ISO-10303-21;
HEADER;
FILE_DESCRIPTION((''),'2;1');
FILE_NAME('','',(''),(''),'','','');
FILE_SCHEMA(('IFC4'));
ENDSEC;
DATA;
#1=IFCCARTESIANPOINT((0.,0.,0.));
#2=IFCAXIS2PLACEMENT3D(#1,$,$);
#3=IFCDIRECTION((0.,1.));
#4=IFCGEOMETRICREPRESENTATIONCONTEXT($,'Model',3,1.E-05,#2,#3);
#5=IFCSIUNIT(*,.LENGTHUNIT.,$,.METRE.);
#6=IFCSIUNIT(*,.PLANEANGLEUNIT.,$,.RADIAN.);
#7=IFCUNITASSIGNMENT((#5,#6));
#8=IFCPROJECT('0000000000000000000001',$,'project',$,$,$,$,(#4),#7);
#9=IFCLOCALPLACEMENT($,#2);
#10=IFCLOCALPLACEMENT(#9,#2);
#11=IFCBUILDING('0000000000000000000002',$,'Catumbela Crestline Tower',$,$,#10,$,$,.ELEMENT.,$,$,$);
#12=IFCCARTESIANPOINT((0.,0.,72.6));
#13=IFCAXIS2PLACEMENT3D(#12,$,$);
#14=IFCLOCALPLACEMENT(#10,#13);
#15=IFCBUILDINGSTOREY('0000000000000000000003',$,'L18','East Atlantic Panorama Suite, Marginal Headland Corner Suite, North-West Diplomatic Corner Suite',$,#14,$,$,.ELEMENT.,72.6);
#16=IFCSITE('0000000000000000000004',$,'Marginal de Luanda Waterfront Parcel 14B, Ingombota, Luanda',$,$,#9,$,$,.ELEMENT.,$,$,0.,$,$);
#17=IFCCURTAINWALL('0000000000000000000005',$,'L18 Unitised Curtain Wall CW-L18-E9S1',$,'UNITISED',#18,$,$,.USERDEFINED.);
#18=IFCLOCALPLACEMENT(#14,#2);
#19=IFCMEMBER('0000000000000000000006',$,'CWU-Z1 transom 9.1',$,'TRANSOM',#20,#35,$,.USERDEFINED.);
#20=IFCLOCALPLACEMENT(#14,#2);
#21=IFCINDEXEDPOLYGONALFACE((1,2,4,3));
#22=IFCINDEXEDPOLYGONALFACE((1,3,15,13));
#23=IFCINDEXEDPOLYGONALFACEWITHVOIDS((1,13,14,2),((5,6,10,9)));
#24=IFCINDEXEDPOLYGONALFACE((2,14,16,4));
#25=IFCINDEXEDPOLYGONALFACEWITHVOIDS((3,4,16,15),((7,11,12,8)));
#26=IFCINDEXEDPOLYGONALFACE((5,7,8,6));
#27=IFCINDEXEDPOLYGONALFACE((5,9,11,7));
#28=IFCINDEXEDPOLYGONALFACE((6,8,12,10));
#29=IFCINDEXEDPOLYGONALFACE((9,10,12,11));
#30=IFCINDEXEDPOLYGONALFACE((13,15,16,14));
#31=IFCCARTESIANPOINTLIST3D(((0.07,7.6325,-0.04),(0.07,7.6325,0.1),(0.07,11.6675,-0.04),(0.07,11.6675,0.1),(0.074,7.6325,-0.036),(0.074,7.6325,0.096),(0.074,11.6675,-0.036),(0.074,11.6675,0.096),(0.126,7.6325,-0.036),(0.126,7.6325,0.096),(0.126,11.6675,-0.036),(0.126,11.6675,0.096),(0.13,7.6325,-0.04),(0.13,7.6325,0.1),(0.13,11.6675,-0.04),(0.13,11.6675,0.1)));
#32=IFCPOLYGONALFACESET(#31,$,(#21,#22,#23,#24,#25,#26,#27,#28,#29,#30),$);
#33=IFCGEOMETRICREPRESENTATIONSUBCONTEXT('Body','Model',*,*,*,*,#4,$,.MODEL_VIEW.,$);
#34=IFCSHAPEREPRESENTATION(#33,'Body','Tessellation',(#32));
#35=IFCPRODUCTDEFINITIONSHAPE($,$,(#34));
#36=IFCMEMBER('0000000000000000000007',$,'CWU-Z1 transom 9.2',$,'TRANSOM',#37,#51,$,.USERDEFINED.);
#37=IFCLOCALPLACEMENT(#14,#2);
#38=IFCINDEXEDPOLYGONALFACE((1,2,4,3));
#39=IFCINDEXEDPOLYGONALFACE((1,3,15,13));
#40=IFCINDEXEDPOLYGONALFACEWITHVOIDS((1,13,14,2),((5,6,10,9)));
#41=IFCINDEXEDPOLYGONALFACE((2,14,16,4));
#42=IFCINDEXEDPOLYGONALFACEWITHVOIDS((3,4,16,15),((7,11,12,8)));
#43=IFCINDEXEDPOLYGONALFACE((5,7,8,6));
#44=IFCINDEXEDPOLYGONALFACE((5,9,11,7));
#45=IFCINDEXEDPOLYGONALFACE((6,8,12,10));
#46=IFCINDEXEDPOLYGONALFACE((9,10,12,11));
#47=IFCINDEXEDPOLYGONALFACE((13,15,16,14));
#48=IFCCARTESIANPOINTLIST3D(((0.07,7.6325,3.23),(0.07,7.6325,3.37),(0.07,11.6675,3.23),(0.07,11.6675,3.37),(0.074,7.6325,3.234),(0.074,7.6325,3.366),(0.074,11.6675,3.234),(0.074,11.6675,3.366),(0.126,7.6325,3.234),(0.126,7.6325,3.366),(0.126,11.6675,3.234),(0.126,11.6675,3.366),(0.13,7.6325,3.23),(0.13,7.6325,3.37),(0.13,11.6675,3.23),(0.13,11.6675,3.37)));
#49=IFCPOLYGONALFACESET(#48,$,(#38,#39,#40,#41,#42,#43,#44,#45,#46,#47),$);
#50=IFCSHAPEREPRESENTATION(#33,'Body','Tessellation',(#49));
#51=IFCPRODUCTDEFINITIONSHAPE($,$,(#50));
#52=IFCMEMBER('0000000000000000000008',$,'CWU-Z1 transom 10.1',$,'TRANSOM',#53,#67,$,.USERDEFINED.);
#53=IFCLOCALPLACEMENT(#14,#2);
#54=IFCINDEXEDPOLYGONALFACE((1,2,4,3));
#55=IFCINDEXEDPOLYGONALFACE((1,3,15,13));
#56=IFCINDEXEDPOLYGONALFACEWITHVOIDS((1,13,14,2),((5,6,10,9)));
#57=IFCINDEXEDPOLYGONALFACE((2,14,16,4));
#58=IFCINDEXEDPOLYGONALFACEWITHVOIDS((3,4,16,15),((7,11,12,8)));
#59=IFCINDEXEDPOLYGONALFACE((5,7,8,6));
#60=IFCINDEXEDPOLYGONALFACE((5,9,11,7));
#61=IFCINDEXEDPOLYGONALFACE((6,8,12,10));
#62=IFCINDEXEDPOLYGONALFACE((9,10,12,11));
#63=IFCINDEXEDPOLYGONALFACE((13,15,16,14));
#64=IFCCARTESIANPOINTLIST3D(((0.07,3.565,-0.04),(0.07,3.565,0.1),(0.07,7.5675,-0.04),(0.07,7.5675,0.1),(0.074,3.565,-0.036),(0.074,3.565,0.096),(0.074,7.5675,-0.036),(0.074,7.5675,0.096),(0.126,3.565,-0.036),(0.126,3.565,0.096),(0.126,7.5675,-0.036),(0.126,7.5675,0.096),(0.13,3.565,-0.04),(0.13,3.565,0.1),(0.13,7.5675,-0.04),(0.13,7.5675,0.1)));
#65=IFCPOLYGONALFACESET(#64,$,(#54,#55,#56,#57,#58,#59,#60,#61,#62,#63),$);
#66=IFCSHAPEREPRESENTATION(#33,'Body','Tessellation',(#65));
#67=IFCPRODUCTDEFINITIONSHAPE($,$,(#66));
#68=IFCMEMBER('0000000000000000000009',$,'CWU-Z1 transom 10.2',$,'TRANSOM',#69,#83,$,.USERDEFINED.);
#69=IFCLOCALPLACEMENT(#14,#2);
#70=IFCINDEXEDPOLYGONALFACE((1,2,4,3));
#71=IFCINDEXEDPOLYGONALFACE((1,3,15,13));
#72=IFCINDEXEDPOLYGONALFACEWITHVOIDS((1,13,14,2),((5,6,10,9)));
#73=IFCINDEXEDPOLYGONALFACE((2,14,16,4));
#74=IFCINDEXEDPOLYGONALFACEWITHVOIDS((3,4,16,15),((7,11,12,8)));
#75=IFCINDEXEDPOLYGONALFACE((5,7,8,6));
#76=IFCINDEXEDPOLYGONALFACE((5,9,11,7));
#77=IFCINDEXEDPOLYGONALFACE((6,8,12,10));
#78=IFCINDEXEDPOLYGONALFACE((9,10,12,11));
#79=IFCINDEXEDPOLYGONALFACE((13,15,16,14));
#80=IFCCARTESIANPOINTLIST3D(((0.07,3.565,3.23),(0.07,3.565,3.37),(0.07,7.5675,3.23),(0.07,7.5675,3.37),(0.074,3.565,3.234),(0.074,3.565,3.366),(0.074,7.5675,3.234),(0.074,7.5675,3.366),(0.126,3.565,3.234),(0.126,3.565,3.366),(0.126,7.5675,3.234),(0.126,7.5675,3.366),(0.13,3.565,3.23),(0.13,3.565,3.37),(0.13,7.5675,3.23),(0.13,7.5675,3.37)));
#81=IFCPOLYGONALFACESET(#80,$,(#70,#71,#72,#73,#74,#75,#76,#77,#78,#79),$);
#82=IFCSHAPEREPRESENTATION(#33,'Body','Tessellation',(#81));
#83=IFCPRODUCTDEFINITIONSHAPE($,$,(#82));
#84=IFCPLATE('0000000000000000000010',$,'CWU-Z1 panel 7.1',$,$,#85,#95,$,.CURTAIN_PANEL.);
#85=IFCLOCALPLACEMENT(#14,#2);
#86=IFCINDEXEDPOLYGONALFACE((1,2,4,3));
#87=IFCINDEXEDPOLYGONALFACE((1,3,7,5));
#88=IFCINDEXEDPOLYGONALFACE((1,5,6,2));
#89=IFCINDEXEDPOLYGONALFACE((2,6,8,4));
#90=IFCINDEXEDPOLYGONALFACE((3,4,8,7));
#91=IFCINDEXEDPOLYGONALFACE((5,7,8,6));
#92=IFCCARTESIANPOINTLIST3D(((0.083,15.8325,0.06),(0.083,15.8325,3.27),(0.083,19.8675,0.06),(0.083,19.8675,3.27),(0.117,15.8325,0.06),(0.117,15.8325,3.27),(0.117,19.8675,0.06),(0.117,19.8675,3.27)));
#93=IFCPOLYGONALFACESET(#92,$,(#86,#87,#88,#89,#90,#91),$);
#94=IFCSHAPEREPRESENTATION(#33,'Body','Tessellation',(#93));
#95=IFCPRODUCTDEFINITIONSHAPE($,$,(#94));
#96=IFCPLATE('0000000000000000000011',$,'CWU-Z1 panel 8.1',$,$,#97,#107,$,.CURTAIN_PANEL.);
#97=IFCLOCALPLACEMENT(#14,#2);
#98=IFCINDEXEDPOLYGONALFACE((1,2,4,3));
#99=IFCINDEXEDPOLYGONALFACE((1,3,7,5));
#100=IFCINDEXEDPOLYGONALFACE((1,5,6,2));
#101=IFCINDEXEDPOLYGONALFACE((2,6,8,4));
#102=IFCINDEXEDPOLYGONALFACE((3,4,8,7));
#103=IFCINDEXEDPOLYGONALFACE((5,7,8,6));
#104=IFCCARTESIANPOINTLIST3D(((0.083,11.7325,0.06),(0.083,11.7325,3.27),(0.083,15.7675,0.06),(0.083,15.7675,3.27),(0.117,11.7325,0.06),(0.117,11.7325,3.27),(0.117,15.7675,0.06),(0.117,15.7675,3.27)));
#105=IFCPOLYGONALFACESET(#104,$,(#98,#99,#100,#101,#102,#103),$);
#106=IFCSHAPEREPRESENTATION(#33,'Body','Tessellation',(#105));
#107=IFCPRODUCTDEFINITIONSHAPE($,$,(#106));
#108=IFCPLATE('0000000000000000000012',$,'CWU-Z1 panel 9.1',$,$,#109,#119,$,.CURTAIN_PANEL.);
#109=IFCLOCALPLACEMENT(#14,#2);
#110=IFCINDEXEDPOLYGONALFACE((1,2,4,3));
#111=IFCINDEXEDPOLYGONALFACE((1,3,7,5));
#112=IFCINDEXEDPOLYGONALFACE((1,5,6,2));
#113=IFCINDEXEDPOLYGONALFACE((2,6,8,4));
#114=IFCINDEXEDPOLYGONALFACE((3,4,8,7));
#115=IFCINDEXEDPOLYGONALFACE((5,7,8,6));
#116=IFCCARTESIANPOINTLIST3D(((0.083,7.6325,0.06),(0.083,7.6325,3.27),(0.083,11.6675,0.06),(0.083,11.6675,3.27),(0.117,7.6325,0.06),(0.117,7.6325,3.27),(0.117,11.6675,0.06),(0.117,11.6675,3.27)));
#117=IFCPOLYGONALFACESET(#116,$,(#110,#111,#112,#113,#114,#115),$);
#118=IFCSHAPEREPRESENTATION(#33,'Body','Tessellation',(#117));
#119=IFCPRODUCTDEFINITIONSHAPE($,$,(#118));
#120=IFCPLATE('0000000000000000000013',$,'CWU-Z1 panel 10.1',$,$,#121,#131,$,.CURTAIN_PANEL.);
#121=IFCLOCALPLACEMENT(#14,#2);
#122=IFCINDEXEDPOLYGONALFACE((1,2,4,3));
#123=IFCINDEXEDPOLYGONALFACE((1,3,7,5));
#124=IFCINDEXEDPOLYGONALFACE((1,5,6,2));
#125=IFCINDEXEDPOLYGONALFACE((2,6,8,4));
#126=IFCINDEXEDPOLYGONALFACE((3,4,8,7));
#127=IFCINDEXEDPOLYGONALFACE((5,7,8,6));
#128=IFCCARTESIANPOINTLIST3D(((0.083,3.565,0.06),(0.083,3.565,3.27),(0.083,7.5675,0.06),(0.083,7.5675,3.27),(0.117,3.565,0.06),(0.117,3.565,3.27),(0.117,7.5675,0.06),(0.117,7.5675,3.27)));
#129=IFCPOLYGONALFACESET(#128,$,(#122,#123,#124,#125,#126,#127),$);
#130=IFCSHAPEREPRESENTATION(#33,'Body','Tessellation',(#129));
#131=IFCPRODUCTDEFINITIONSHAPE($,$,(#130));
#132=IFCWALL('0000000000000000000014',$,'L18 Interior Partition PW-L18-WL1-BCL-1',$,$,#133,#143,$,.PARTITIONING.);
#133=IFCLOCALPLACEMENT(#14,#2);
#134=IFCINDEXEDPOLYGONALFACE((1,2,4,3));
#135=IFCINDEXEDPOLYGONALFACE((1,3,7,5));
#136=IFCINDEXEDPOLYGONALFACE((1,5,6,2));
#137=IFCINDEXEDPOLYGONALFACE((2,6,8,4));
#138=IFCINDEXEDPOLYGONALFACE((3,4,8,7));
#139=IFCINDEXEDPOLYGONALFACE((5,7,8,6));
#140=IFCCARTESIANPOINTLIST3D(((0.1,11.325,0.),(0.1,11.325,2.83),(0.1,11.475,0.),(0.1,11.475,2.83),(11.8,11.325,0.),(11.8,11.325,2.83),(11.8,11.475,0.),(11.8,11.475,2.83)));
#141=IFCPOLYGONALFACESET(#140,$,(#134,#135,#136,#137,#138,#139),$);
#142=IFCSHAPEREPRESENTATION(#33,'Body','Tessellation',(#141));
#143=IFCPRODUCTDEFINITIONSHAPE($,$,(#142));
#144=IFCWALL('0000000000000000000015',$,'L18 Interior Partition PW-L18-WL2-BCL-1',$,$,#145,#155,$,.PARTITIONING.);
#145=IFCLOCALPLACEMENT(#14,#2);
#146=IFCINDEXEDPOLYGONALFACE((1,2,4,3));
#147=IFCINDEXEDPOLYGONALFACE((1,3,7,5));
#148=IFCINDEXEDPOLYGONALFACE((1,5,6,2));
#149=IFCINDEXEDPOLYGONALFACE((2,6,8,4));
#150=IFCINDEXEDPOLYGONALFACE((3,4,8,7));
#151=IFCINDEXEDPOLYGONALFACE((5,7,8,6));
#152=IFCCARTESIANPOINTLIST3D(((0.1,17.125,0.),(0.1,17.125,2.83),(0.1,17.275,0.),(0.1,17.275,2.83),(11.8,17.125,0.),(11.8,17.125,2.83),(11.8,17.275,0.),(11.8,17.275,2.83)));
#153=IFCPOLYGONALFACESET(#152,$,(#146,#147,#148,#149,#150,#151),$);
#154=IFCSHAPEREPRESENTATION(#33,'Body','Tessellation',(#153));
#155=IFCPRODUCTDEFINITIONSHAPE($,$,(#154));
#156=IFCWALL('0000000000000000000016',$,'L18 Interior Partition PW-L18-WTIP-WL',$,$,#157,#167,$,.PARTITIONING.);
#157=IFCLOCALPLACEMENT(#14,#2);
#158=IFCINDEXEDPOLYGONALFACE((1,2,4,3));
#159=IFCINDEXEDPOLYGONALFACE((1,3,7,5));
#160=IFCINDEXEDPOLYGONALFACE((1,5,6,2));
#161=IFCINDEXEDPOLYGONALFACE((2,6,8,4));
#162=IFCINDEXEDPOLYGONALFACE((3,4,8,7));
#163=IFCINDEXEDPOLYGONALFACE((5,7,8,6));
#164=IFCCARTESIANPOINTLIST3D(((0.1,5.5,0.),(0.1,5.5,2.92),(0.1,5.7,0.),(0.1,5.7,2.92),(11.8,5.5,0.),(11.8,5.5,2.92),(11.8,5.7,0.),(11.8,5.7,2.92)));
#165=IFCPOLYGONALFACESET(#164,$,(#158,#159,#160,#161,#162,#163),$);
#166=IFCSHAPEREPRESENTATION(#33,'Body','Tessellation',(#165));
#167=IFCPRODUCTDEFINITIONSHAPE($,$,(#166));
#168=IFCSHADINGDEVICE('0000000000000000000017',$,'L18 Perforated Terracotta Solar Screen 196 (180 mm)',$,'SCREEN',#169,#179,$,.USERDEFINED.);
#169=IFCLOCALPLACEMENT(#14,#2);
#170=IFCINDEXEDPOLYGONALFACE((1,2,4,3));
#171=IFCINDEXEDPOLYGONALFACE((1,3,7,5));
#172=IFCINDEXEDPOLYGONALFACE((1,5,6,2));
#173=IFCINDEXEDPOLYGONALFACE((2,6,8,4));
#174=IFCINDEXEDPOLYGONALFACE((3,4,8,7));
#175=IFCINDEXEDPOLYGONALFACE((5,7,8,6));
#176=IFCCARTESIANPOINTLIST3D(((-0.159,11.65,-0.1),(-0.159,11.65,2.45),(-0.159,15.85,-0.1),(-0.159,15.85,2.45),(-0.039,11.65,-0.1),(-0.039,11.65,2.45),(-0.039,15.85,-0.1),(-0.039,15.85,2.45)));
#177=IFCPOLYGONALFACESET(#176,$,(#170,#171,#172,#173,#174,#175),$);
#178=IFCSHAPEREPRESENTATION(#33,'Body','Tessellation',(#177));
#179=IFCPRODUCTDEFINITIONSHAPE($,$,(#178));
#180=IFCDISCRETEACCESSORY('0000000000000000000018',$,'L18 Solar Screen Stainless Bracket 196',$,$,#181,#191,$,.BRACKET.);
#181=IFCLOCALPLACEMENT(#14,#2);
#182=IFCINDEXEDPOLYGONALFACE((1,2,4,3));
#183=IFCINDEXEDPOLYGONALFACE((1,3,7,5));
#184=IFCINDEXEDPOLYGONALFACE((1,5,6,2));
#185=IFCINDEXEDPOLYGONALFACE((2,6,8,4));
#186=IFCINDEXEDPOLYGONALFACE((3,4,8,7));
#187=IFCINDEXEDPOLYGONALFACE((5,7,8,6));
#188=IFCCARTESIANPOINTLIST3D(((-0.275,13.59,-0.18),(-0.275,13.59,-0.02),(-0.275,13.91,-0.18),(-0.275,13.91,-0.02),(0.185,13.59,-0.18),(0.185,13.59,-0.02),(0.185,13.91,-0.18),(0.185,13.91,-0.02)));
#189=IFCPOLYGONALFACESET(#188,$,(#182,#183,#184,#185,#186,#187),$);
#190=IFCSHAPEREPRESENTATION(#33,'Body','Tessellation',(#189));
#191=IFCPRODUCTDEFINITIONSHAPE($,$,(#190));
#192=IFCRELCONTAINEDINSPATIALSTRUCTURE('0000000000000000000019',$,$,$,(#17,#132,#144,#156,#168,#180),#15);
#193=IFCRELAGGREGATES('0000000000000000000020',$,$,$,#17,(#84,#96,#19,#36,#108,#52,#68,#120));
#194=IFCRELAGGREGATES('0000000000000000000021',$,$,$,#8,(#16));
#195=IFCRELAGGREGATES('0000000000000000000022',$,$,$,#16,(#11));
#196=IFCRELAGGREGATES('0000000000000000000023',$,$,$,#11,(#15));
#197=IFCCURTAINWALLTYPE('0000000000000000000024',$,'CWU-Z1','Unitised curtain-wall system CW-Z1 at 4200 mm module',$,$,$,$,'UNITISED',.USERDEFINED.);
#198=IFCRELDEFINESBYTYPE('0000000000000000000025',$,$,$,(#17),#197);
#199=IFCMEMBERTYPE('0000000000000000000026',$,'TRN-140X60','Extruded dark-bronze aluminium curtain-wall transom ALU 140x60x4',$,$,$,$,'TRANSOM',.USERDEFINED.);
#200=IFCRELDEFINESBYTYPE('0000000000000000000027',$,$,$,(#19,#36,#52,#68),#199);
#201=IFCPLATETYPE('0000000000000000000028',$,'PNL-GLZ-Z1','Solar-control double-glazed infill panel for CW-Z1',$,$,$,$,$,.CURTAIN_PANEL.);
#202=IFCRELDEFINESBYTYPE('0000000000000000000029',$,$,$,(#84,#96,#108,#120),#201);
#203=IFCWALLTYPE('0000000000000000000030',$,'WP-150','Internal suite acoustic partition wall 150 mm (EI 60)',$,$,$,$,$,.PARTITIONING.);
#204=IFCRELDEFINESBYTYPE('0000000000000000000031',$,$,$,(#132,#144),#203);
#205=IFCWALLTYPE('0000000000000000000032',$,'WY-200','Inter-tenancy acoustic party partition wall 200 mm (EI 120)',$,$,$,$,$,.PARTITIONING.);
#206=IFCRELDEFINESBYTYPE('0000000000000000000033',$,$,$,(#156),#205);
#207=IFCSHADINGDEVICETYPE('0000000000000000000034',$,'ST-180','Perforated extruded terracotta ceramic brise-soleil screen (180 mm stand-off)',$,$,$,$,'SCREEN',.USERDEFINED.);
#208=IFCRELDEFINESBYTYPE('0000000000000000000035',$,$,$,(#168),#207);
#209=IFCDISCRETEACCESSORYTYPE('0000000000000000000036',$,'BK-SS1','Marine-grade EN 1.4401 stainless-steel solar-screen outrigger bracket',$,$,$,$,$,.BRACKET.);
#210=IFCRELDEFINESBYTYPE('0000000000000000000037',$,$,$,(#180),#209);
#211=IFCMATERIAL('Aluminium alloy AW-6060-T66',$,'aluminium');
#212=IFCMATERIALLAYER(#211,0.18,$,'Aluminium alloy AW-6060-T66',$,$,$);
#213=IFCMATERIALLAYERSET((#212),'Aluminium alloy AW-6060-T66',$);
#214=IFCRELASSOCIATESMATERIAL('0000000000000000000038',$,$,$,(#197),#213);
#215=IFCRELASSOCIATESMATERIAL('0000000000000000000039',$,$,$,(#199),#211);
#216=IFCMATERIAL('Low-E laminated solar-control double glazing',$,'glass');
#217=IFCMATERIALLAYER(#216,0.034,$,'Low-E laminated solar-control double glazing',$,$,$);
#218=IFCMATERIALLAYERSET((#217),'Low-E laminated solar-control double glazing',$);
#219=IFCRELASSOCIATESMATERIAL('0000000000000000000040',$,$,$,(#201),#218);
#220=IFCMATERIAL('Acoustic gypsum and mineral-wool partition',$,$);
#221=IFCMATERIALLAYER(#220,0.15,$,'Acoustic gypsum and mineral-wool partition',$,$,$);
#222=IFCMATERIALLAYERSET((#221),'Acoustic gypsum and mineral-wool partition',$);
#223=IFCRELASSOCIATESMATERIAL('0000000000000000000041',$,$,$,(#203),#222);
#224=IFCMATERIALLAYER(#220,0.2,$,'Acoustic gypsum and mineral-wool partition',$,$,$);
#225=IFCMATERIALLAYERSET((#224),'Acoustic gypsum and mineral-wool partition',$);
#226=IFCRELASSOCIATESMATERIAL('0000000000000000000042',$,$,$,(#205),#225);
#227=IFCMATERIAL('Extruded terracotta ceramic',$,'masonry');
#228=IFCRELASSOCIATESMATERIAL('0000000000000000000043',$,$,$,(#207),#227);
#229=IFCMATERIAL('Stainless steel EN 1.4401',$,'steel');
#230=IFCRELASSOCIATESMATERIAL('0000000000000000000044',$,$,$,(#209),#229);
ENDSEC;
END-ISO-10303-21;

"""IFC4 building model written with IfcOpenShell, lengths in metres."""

from ifc_helpers import new_model, si_unit, direction, frame, frame_2d, origin, origin_2d, place, context, subcontext, project, spatial, rectangle, hollow_rectangle, extrude, material, layer, layer_set, material_profile, profile_set, type_object, element, aggregate, save


model = new_model("IFC4")

# Units and contexts
model_context = context("Model", 3, precision=1e-05, world=origin(), true_north=direction((0.0, 1.0)))
body_context = subcontext(model_context, "Body", "Model", "MODEL_VIEW")
ifc_project = project(units=[si_unit("LENGTHUNIT", "METRE"), si_unit("PLANEANGLEUNIT", "RADIAN")], contexts=[model_context])

# Site, building, storey
site_placement = place(None, origin())
site = spatial("IfcSite", under=ifc_project, at=site_placement, Name="Marginal de Luanda Waterfront Parcel 14B, Ingombota, Luanda", CompositionType="ELEMENT", RefElevation=0.0)
building_placement = place(site_placement, origin())
building = spatial("IfcBuilding", under=site, at=building_placement, Name="Catumbela Crestline Tower", CompositionType="ELEMENT")
storey_placement = place(building_placement, frame((0.0, 0.0, 72.6)))
storey = spatial("IfcBuildingStorey", under=building, at=storey_placement, Name="L18", Description="East Atlantic Panorama Suite, Marginal Headland Corner Suite, North-West Diplomatic Corner Suite", CompositionType="ELEMENT", Elevation=72.6)

# Curtain wall
ifc_material_1 = material(Name="Aluminium alloy AW-6060-T66", Category="aluminium")
ifc_layer_1 = layer(ifc_material_1, 0.18, Name="Aluminium alloy AW-6060-T66")
ifc_layer_set_1 = layer_set([ifc_layer_1], Name="Aluminium alloy AW-6060-T66")
curtain_wall_type = type_object("IfcCurtainWallType", Name="CWU-Z1", Description="Unitised curtain-wall system CW-Z1 at 4200 mm module", ElementType="UNITISED", PredefinedType="USERDEFINED", material=ifc_layer_set_1)
curtain_wall_placement = place(storey_placement, origin())
curtain_wall = element("IfcCurtainWall", 1, at=curtain_wall_placement, inside=storey, type_object=curtain_wall_type, Name="L18 Unitised Curtain Wall CW-L18-E9S1", ObjectType="UNITISED", PredefinedType="USERDEFINED")

# Members
ifc_material_profile_1 = material_profile(ifc_material_1, hollow_rectangle(XDim=0.06, YDim=0.14, WallThickness=0.004, at=origin_2d()), Name="ALU 140x60x4")
ifc_profile_set_1 = profile_set([ifc_material_profile_1], Name="Aluminium alloy AW-6060-T66")
member_type_1 = type_object("IfcMemberType", Name="TRN-140X60", Description="Extruded dark-bronze aluminium curtain-wall transom ALU 140x60x4", ElementType="TRANSOM", PredefinedType="USERDEFINED", material=ifc_profile_set_1)
member_1_placement = place(storey_placement, frame((0.1, 11.6675, 0.03), z_axis=(0.0, -1.0, 0.0), x_axis=(1.0, 0.0, 0.0)))
member_1 = element("IfcMember", 2, at=member_1_placement, type_object=member_type_1, Name="CWU-Z1 transom 9.1", ObjectType="TRANSOM", PredefinedType="USERDEFINED", context=body_context, shape_type="SweptSolid", body=[
    extrude(hollow_rectangle(XDim=0.06, YDim=0.14, WallThickness=0.004, at=origin_2d()), origin(), (0.0, 0.0, 1.0), 4.035),
])
member_2_placement = place(storey_placement, frame((0.1, 11.6675, 3.3), z_axis=(0.0, -1.0, 0.0), x_axis=(1.0, 0.0, 0.0)))
member_2 = element("IfcMember", 3, at=member_2_placement, type_object=member_type_1, Name="CWU-Z1 transom 9.2", ObjectType="TRANSOM", PredefinedType="USERDEFINED", context=body_context, shape_type="SweptSolid", body=[
    extrude(hollow_rectangle(XDim=0.06, YDim=0.14, WallThickness=0.004, at=origin_2d()), origin(), (0.0, 0.0, 1.0), 4.035),
])
member_3_placement = place(storey_placement, frame((0.1, 7.5675, 0.03), z_axis=(0.0, -1.0, 0.0), x_axis=(1.0, 0.0, 0.0)))
member_3 = element("IfcMember", 4, at=member_3_placement, type_object=member_type_1, Name="CWU-Z1 transom 10.1", ObjectType="TRANSOM", PredefinedType="USERDEFINED", context=body_context, shape_type="SweptSolid", body=[
    extrude(hollow_rectangle(XDim=0.06, YDim=0.14, WallThickness=0.004, at=origin_2d()), origin(), (0.0, 0.0, 1.0), 4.0025),
])
member_4_placement = place(storey_placement, frame((0.1, 7.5675, 3.3), z_axis=(0.0, -1.0, 0.0), x_axis=(1.0, 0.0, 0.0)))
member_4 = element("IfcMember", 5, at=member_4_placement, type_object=member_type_1, Name="CWU-Z1 transom 10.2", ObjectType="TRANSOM", PredefinedType="USERDEFINED", context=body_context, shape_type="SweptSolid", body=[
    extrude(hollow_rectangle(XDim=0.06, YDim=0.14, WallThickness=0.004, at=origin_2d()), origin(), (0.0, 0.0, 1.0), 4.0025),
])

# Plates
ifc_material_2 = material(Name="Low-E laminated solar-control double glazing", Category="glass")
ifc_layer_2 = layer(ifc_material_2, 0.034, Name="Low-E laminated solar-control double glazing")
ifc_layer_set_2 = layer_set([ifc_layer_2], Name="Low-E laminated solar-control double glazing")
plate_type = type_object("IfcPlateType", Name="PNL-GLZ-Z1", Description="Solar-control double-glazed infill panel for CW-Z1", PredefinedType="CURTAIN_PANEL", material=ifc_layer_set_2)
plate_1_placement = place(storey_placement, frame((0.1, 17.85, 0.06), z_axis=(0.0, 0.0, 1.0), x_axis=(0.0, -1.0, 0.0)))
plate_1 = element("IfcPlate", 6, at=plate_1_placement, type_object=plate_type, Name="CWU-Z1 panel 7.1", PredefinedType="CURTAIN_PANEL", context=body_context, shape_type="SweptSolid", body=[
    extrude(rectangle(XDim=4.035, YDim=0.034, at=origin_2d()), origin(), (0.0, 0.0, 1.0), 3.21),
])
plate_2_placement = place(storey_placement, frame((0.1, 13.75, 0.06), z_axis=(0.0, 0.0, 1.0), x_axis=(0.0, -1.0, 0.0)))
plate_2 = element("IfcPlate", 7, at=plate_2_placement, type_object=plate_type, Name="CWU-Z1 panel 8.1", PredefinedType="CURTAIN_PANEL", context=body_context, shape_type="SweptSolid", body=[
    extrude(rectangle(XDim=4.035, YDim=0.034, at=origin_2d()), origin(), (0.0, 0.0, 1.0), 3.21),
])
plate_3_placement = place(storey_placement, frame((0.1, 9.65, 0.06), z_axis=(0.0, 0.0, 1.0), x_axis=(0.0, -1.0, 0.0)))
plate_3 = element("IfcPlate", 8, at=plate_3_placement, type_object=plate_type, Name="CWU-Z1 panel 9.1", PredefinedType="CURTAIN_PANEL", context=body_context, shape_type="SweptSolid", body=[
    extrude(rectangle(XDim=4.035, YDim=0.034, at=origin_2d()), origin(), (0.0, 0.0, 1.0), 3.21),
])
plate_4_placement = place(storey_placement, frame((0.1, 5.5662, 0.06), z_axis=(0.0, 0.0, 1.0), x_axis=(0.0, -1.0, 0.0)))
plate_4 = element("IfcPlate", 9, at=plate_4_placement, type_object=plate_type, Name="CWU-Z1 panel 10.1", PredefinedType="CURTAIN_PANEL", context=body_context, shape_type="SweptSolid", body=[
    extrude(rectangle(XDim=4.0025, YDim=0.034, at=origin_2d()), origin(), (0.0, 0.0, 1.0), 3.21),
])
aggregate(curtain_wall, [plate_1, plate_2, member_1, member_2, plate_3, member_3, member_4, plate_4])

# Walls
ifc_material_3 = material(Name="Acoustic gypsum and mineral-wool partition")
ifc_layer_3 = layer(ifc_material_3, 0.15, Name="Acoustic gypsum and mineral-wool partition")
ifc_layer_set_3 = layer_set([ifc_layer_3], Name="Acoustic gypsum and mineral-wool partition")
wall_type_1 = type_object("IfcWallType", Name="WP-150", Description="Internal suite acoustic partition wall 150 mm (EI 60)", PredefinedType="PARTITIONING", material=ifc_layer_set_3)
for number, where, z_axis, x_axis, name in (
    (10, (0.1, 11.4, 0.0), (0.0, 0.0, 1.0), (1.0, 0.0, 0.0), "L18 Interior Partition PW-L18-WL1-BCL-1"),
    (11, (0.1, 17.2, 0.0), (0.0, 0.0, 1.0), (1.0, 0.0, 0.0), "L18 Interior Partition PW-L18-WL2-BCL-1"),
):
    element("IfcWall", number, at=place(storey_placement, frame(where, z_axis=z_axis, x_axis=x_axis)), inside=storey, type_object=wall_type_1, Name=name, PredefinedType="PARTITIONING", context=body_context, shape_type="SweptSolid", body=[
        extrude(rectangle(XDim=11.7, YDim=0.15, at=frame_2d((5.85, 0.0))), origin(), (0.0, 0.0, 1.0), 2.83),
    ])
ifc_layer_4 = layer(ifc_material_3, 0.2, Name="Acoustic gypsum and mineral-wool partition")
ifc_layer_set_4 = layer_set([ifc_layer_4], Name="Acoustic gypsum and mineral-wool partition")
wall_type_2 = type_object("IfcWallType", Name="WY-200", Description="Inter-tenancy acoustic party partition wall 200 mm (EI 120)", PredefinedType="PARTITIONING", material=ifc_layer_set_4)
wall_placement = place(storey_placement, frame((0.1, 5.6, 0.0), z_axis=(0.0, 0.0, 1.0), x_axis=(1.0, 0.0, 0.0)))
element("IfcWall", 12, at=wall_placement, inside=storey, type_object=wall_type_2, Name="L18 Interior Partition PW-L18-WTIP-WL", PredefinedType="PARTITIONING", context=body_context, shape_type="SweptSolid", body=[
    extrude(rectangle(XDim=11.7, YDim=0.2, at=frame_2d((5.85, 0.0))), origin(), (0.0, 0.0, 1.0), 2.92),
])

# Shading device
ifc_material_4 = material(Name="Extruded terracotta ceramic", Category="masonry")
shading_device_type = type_object("IfcShadingDeviceType", Name="ST-180", Description="Perforated extruded terracotta ceramic brise-soleil screen (180 mm stand-off)", ElementType="SCREEN", PredefinedType="USERDEFINED", material=ifc_material_4)
shading_device_placement = place(storey_placement, frame((-0.099, 13.75, -0.1), z_axis=(0.0, 0.0, 1.0), x_axis=(0.0, -1.0, 0.0)))
element("IfcShadingDevice", 13, at=shading_device_placement, inside=storey, type_object=shading_device_type, Name="L18 Perforated Terracotta Solar Screen 196 (180 mm)", ObjectType="SCREEN", PredefinedType="USERDEFINED", context=body_context, shape_type="SweptSolid", body=[
    extrude(rectangle(XDim=4.2, YDim=0.12, at=origin_2d()), origin(), (0.0, 0.0, 1.0), 2.55),
])

# Discrete accessory
ifc_material_5 = material(Name="Stainless steel EN 1.4401", Category="steel")
discrete_accessory_type = type_object("IfcDiscreteAccessoryType", Name="BK-SS1", Description="Marine-grade EN 1.4401 stainless-steel solar-screen outrigger bracket", PredefinedType="BRACKET", material=ifc_material_5)
discrete_accessory_placement = place(storey_placement, frame((-0.045, 13.75, -0.18), z_axis=(0.0, 0.0, 1.0), x_axis=(0.0, -1.0, 0.0)))
element("IfcDiscreteAccessory", 14, at=discrete_accessory_placement, inside=storey, type_object=discrete_accessory_type, Name="L18 Solar Screen Stainless Bracket 196", PredefinedType="BRACKET", context=body_context, shape_type="SweptSolid", body=[
    extrude(rectangle(XDim=0.32, YDim=0.46, at=origin_2d()), origin(), (0.0, 0.0, 1.0), 0.16),
])

save(model, "model.ifc")
